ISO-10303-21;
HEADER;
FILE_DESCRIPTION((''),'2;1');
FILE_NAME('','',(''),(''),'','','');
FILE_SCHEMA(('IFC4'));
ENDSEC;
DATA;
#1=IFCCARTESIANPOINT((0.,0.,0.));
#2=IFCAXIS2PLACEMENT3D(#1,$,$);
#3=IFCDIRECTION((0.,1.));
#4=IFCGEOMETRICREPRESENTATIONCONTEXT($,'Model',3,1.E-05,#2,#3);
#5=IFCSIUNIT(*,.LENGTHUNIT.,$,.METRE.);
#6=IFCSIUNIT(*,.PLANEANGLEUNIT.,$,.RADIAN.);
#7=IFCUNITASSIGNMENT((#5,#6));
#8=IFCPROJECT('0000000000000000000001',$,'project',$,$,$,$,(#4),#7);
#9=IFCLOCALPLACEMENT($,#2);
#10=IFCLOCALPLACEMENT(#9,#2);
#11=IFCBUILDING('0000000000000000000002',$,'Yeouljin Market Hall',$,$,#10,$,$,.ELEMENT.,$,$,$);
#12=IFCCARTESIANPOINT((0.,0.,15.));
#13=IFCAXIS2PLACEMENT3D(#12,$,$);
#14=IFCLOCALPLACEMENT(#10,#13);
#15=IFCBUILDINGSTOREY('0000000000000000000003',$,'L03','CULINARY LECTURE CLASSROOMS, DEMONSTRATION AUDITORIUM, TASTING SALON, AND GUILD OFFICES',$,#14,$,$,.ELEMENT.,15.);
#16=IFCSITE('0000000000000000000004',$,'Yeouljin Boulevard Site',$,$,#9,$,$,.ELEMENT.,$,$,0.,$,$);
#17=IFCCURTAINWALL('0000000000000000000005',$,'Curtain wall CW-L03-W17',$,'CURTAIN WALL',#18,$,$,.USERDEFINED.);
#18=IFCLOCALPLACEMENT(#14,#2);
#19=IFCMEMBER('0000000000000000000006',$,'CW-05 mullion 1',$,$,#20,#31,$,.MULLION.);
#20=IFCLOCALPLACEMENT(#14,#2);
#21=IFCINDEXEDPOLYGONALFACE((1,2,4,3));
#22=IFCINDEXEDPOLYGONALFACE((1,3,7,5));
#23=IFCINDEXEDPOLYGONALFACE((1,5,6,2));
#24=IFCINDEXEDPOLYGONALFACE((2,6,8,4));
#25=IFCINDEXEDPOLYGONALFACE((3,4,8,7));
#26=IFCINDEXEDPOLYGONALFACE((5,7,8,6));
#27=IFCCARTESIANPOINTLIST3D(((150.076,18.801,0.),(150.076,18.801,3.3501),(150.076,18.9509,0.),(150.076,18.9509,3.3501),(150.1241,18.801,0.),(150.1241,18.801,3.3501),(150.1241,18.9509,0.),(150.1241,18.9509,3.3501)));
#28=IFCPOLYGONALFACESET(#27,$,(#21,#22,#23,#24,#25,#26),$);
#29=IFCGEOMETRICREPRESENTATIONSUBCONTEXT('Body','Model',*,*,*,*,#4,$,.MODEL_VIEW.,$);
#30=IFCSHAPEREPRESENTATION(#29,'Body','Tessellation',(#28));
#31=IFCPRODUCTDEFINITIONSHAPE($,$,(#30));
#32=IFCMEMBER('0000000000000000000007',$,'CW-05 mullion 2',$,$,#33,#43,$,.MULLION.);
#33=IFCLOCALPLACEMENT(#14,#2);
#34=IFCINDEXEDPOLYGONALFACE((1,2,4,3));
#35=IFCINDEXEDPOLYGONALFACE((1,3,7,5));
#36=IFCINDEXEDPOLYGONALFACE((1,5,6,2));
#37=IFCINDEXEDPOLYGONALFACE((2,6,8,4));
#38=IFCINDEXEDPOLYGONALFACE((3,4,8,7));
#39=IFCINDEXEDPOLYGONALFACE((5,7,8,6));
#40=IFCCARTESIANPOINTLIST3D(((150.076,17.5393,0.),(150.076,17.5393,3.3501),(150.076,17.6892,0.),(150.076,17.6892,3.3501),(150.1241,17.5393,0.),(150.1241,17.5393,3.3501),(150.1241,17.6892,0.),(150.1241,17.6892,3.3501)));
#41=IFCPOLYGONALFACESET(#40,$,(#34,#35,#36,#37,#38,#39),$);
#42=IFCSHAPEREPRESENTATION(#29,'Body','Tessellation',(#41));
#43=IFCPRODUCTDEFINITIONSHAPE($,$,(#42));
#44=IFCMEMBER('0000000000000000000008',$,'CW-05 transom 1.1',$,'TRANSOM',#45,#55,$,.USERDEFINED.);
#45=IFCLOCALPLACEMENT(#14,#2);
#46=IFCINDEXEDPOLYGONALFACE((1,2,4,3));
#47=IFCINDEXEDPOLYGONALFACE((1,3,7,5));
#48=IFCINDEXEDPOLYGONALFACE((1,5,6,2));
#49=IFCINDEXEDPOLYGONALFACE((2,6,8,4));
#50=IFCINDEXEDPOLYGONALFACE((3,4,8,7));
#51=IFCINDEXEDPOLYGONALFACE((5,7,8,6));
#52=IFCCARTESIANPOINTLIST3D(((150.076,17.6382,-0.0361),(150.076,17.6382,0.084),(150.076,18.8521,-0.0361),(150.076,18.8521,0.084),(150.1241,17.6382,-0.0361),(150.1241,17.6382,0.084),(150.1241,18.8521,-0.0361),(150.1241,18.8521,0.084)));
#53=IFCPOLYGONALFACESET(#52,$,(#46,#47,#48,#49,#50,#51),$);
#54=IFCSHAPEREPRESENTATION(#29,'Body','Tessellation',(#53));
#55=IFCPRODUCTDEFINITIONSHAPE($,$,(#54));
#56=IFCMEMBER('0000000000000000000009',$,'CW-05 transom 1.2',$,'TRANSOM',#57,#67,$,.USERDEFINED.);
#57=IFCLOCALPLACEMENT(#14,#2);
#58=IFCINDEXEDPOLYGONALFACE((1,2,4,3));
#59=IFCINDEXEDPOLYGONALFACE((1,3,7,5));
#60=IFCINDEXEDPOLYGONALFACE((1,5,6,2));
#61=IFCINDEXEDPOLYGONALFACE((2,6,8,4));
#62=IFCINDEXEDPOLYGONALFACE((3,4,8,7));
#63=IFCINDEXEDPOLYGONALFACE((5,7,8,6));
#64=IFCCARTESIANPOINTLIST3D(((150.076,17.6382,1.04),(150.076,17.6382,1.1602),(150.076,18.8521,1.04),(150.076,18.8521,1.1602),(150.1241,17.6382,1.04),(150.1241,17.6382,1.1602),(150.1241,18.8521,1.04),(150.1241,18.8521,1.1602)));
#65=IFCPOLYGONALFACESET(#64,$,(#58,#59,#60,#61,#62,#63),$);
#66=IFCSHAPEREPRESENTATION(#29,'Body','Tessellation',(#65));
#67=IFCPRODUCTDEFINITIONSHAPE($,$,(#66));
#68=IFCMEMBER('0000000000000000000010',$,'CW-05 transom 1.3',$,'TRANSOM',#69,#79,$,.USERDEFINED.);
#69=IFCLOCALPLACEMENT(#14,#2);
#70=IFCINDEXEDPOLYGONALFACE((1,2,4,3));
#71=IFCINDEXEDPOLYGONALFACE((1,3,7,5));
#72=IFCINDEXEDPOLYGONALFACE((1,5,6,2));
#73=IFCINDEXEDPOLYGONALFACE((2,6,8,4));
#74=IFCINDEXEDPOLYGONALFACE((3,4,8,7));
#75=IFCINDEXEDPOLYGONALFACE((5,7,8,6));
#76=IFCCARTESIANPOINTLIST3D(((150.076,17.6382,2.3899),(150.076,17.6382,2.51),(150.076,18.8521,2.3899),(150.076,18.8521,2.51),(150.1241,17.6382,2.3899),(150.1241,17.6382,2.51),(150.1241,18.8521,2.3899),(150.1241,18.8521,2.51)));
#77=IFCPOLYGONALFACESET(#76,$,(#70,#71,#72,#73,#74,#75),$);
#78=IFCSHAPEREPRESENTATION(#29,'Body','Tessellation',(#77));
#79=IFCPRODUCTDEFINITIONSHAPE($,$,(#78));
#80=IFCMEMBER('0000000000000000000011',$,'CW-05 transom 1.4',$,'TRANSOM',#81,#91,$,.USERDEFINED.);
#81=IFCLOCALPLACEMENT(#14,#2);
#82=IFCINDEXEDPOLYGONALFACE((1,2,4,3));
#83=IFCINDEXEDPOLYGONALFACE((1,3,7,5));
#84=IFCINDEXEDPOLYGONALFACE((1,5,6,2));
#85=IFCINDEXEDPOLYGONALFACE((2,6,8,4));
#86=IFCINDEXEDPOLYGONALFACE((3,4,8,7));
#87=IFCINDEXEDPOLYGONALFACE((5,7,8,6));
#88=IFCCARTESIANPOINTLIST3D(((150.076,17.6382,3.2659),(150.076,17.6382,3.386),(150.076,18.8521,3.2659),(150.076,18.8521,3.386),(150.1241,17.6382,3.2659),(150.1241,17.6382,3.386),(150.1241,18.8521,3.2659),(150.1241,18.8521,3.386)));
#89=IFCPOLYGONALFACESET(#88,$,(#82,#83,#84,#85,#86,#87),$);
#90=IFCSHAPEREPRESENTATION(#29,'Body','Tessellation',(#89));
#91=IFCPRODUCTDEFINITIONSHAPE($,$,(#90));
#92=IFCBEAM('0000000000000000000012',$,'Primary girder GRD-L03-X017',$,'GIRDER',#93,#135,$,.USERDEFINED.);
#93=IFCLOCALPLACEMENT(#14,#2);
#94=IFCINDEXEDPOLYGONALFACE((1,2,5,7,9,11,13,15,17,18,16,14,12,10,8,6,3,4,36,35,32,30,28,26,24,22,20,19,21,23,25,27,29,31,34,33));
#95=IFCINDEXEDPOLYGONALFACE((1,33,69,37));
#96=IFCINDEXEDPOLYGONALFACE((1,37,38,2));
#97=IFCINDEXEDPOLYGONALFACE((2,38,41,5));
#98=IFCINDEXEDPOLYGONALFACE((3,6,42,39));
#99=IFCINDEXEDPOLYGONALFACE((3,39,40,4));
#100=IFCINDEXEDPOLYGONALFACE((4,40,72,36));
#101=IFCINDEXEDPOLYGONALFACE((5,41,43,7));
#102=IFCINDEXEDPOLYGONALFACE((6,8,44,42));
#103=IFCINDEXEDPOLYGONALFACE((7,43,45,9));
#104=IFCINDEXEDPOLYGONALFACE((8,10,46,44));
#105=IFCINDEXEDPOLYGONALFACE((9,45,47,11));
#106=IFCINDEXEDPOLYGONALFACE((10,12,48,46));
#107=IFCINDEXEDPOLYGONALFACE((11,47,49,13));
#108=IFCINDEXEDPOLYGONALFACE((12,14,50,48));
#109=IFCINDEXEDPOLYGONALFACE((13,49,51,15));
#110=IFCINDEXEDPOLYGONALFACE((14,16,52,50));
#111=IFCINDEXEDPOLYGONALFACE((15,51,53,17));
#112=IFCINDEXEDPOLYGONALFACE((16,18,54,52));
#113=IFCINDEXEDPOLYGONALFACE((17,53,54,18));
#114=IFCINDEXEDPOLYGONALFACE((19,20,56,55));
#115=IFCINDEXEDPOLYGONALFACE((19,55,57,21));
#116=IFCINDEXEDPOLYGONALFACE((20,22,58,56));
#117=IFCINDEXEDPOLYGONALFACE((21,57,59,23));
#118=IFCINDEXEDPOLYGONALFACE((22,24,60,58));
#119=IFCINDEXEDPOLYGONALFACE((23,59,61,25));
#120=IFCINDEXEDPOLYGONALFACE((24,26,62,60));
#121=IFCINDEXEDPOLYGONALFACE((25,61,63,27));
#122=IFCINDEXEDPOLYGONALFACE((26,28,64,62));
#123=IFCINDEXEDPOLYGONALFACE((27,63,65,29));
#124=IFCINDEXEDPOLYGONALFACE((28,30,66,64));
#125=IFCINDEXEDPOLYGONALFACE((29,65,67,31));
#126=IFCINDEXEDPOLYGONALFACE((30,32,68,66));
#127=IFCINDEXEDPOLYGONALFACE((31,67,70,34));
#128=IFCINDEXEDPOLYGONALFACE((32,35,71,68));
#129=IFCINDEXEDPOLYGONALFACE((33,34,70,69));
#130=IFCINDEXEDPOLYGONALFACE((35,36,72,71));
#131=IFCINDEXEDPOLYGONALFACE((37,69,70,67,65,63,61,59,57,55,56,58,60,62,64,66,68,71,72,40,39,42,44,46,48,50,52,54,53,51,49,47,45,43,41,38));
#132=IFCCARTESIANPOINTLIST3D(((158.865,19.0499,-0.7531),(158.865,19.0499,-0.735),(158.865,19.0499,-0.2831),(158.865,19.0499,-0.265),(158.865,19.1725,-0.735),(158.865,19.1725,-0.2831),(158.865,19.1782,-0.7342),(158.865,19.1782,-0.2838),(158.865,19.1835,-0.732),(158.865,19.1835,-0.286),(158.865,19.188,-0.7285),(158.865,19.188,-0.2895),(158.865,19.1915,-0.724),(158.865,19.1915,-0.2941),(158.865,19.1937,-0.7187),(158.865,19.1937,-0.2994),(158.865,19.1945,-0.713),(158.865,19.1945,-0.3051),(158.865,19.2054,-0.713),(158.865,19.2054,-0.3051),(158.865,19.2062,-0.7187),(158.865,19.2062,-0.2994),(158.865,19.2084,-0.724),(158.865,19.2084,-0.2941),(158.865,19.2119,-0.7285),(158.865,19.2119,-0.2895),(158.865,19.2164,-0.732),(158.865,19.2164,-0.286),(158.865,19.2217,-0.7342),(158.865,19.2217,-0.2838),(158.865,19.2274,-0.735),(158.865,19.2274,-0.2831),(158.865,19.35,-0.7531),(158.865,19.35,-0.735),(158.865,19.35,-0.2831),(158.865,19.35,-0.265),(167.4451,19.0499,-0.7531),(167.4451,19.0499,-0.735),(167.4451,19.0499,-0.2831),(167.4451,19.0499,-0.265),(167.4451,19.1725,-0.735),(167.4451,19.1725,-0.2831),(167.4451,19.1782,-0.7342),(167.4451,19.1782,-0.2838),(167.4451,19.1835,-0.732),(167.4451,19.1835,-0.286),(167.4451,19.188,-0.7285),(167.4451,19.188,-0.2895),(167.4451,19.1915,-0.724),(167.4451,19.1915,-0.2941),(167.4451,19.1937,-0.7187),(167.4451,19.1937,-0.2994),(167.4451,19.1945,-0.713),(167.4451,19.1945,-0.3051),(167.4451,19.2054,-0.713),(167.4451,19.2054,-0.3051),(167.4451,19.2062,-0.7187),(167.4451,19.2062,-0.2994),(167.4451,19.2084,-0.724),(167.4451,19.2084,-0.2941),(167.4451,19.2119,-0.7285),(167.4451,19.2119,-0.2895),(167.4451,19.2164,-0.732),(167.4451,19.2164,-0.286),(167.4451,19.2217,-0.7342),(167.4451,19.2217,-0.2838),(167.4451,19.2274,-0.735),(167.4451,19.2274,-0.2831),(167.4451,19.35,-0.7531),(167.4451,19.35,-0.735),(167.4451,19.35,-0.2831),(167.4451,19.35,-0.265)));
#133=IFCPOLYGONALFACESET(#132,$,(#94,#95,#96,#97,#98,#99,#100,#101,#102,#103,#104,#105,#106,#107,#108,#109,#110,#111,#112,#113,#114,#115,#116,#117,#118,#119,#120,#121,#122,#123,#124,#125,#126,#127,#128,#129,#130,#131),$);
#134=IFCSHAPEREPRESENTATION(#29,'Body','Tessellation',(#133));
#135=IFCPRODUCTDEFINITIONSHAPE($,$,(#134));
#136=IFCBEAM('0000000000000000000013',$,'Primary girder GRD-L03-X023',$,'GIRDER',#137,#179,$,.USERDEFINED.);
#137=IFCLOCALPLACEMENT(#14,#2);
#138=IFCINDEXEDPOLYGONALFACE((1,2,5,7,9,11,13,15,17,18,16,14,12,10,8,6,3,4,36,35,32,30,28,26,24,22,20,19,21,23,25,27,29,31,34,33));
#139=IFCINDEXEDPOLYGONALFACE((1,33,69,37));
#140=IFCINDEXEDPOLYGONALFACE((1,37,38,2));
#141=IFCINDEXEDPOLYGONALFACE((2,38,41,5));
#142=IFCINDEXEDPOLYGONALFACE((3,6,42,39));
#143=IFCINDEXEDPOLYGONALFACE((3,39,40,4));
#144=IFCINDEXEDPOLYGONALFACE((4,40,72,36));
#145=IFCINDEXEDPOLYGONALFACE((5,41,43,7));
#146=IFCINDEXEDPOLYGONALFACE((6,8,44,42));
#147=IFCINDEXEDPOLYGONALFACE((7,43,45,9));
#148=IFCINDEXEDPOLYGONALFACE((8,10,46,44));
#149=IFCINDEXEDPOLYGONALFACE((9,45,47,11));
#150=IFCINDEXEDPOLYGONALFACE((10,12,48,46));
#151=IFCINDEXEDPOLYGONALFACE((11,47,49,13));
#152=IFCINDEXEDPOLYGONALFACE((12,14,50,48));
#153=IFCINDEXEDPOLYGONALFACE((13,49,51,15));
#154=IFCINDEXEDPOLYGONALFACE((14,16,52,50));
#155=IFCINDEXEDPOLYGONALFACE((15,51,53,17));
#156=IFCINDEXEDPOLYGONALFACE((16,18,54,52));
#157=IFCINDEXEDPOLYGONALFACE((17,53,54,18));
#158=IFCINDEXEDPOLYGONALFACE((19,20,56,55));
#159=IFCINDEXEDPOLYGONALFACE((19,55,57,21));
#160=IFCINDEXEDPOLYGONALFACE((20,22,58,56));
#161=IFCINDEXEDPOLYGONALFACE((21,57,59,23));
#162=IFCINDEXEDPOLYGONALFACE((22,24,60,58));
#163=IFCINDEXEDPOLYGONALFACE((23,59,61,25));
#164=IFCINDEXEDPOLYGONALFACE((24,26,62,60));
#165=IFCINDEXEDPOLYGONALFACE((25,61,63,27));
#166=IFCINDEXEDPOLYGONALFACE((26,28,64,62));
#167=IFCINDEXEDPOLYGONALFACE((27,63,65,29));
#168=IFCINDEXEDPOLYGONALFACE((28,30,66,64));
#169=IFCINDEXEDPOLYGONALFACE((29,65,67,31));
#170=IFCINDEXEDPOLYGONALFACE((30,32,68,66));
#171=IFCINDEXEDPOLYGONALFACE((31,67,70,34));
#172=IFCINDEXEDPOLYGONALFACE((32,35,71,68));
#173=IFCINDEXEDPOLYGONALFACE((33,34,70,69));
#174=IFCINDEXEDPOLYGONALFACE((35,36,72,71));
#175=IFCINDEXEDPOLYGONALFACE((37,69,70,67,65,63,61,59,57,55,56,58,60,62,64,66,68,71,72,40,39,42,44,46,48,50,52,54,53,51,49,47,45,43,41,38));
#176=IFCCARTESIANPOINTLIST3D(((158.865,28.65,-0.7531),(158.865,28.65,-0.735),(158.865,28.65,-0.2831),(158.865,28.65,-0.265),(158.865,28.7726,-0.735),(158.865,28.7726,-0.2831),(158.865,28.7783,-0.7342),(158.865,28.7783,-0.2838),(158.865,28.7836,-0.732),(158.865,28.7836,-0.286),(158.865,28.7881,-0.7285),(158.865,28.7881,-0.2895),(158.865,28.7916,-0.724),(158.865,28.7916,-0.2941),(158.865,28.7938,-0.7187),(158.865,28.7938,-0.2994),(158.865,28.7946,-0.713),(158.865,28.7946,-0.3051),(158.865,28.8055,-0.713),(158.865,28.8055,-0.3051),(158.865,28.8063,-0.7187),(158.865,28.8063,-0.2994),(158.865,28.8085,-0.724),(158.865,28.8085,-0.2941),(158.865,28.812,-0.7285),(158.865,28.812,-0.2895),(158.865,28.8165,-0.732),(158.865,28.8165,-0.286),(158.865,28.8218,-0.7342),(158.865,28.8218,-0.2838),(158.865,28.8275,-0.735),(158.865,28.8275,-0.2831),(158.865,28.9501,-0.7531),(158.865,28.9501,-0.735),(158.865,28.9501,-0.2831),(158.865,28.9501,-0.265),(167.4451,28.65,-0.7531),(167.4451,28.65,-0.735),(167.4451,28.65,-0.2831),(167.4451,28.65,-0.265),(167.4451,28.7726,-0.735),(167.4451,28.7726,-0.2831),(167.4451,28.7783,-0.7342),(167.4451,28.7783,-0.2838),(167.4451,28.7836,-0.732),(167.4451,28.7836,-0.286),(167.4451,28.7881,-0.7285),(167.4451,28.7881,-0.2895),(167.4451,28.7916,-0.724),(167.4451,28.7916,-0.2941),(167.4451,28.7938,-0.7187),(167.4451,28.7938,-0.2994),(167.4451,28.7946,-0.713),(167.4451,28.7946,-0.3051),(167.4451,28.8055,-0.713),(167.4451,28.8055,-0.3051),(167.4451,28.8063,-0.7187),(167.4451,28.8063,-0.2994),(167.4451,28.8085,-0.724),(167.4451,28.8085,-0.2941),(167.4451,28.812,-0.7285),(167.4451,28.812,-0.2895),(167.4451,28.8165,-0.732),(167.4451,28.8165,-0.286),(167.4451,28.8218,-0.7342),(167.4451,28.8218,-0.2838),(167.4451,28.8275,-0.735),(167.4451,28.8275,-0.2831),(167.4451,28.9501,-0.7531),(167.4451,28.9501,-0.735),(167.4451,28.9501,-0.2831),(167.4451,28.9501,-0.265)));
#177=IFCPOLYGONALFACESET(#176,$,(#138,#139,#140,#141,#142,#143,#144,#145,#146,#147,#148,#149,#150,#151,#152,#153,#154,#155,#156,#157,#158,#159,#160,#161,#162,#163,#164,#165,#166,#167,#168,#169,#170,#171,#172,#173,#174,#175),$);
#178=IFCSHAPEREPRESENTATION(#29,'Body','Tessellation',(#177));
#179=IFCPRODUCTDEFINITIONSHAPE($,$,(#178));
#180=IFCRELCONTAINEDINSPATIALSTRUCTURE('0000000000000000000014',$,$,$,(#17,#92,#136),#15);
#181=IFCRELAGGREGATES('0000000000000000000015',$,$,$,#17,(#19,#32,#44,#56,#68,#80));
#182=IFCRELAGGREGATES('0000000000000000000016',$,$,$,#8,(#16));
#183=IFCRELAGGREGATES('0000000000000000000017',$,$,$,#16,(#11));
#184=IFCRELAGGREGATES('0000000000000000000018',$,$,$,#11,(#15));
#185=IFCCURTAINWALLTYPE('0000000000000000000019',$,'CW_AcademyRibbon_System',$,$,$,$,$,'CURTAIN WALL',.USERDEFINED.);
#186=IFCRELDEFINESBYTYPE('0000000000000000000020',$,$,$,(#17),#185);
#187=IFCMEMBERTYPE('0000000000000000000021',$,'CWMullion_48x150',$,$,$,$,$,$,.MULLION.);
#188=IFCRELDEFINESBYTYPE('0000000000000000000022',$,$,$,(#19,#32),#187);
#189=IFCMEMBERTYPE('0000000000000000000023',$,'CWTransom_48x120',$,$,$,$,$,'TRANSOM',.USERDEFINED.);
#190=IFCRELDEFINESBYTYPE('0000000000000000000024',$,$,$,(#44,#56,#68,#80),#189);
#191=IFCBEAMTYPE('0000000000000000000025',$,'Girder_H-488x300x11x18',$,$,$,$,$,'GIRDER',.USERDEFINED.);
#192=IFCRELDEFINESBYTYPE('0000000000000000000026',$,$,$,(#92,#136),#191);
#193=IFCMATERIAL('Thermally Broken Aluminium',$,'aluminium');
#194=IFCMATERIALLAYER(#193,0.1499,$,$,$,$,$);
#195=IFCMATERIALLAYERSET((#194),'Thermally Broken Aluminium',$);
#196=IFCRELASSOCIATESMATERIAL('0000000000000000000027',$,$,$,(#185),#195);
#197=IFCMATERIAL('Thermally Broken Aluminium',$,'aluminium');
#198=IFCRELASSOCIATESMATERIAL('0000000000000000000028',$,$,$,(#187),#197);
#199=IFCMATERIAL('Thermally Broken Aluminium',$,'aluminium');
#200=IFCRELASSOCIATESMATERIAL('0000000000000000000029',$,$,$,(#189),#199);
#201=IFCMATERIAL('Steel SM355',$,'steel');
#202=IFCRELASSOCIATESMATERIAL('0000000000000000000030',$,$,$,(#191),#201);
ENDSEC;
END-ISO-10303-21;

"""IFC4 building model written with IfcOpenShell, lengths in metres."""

from ifc_helpers import new_model, si_unit, direction, frame, origin, origin_2d, place, context, subcontext, project, spatial, rectangle, i_section, extrude, material, layer, layer_set, material_profile, profile_set, type_object, element, aggregate, save


model = new_model("IFC4")

# Units and contexts
model_context = context("Model", 3, precision=1e-05, world=origin(), true_north=direction((0.0, 1.0)))
body_context = subcontext(model_context, "Body", "Model", "MODEL_VIEW")
ifc_project = project(units=[si_unit("LENGTHUNIT", "METRE"), si_unit("PLANEANGLEUNIT", "RADIAN")], contexts=[model_context])

# Site, building, storey
site_placement = place(None, origin())
site = spatial("IfcSite", under=ifc_project, at=site_placement, Name="Yeouljin Boulevard Site", CompositionType="ELEMENT", RefElevation=0.0)
building_placement = place(site_placement, origin())
building = spatial("IfcBuilding", under=site, at=building_placement, Name="Yeouljin Market Hall", CompositionType="ELEMENT")
storey_placement = place(building_placement, frame((0.0, 0.0, 15.0)))
storey = spatial("IfcBuildingStorey", under=building, at=storey_placement, Name="L03", Description="CULINARY LECTURE CLASSROOMS, DEMONSTRATION AUDITORIUM, TASTING SALON, AND GUILD OFFICES", CompositionType="ELEMENT", Elevation=15.0)

# Curtain wall, members
ifc_material_1 = material(Name="Thermally Broken Aluminium", Category="aluminium")
ifc_layer_1 = layer(ifc_material_1, 0.1499)
ifc_layer_set_1 = layer_set([ifc_layer_1], Name="Thermally Broken Aluminium")
curtain_wall_type = type_object("IfcCurtainWallType", Name="CW_AcademyRibbon_System", ElementType="CURTAIN WALL", PredefinedType="USERDEFINED", material=ifc_layer_set_1)
curtain_wall_placement = place(storey_placement, origin())
curtain_wall = element("IfcCurtainWall", 1, at=curtain_wall_placement, inside=storey, type_object=curtain_wall_type, Name="Curtain wall CW-L03-W17", ObjectType="CURTAIN WALL", PredefinedType="USERDEFINED")
ifc_material_2 = material(Name="Thermally Broken Aluminium", Category="aluminium")
ifc_material_profile_1 = material_profile(ifc_material_2, rectangle(XDim=0.0481, YDim=0.1499, at=origin_2d()), Name="CW-MULL-48x150")
ifc_profile_set_1 = profile_set([ifc_material_profile_1], Name="Thermally Broken Aluminium")
member_type_1 = type_object("IfcMemberType", Name="CWMullion_48x150", PredefinedType="MULLION", material=ifc_profile_set_1)
member_1_placement = place(storey_placement, frame((150.1001, 18.876, 0.0), z_axis=(0.0, 0.0, 1.0), x_axis=(1.0, 0.0, 0.0)))
member_1 = element("IfcMember", 2, at=member_1_placement, type_object=member_type_1, Name="CW-05 mullion 1", PredefinedType="MULLION", context=body_context, shape_type="SweptSolid", body=[
    extrude(rectangle(XDim=0.0481, YDim=0.1499, at=origin_2d()), origin(), (0.0, 0.0, 1.0), 3.3501),
])
member_2_placement = place(storey_placement, frame((150.1001, 17.6143, 0.0), z_axis=(0.0, 0.0, 1.0), x_axis=(1.0, 0.0, 0.0)))
member_2 = element("IfcMember", 3, at=member_2_placement, type_object=member_type_1, Name="CW-05 mullion 2", PredefinedType="MULLION", context=body_context, shape_type="SweptSolid", body=[
    extrude(rectangle(XDim=0.0481, YDim=0.1499, at=origin_2d()), origin(), (0.0, 0.0, 1.0), 3.3501),
])
ifc_material_3 = material(Name="Thermally Broken Aluminium", Category="aluminium")
ifc_material_profile_2 = material_profile(ifc_material_3, rectangle(XDim=0.0481, YDim=0.1201, at=origin_2d()), Name="CW-TRAN-48x120")
ifc_profile_set_2 = profile_set([ifc_material_profile_2], Name="Thermally Broken Aluminium")
member_type_2 = type_object("IfcMemberType", Name="CWTransom_48x120", ElementType="TRANSOM", PredefinedType="USERDEFINED", material=ifc_profile_set_2)
member_3_placement = place(storey_placement, frame((150.1001, 18.8521, 0.0239), z_axis=(0.0, -1.0, 0.0), x_axis=(1.0, 0.0, 0.0)))
member_3 = element("IfcMember", 4, at=member_3_placement, type_object=member_type_2, Name="CW-05 transom 1.1", ObjectType="TRANSOM", PredefinedType="USERDEFINED", context=body_context, shape_type="SweptSolid", body=[
    extrude(rectangle(XDim=0.0481, YDim=0.1201, at=origin_2d()), origin(), (0.0, 0.0, 1.0), 1.2139),
])
member_4_placement = place(storey_placement, frame((150.1001, 18.8521, 1.1001), z_axis=(0.0, -1.0, 0.0), x_axis=(1.0, 0.0, 0.0)))
member_4 = element("IfcMember", 5, at=member_4_placement, type_object=member_type_2, Name="CW-05 transom 1.2", ObjectType="TRANSOM", PredefinedType="USERDEFINED", context=body_context, shape_type="SweptSolid", body=[
    extrude(rectangle(XDim=0.0481, YDim=0.1201, at=origin_2d()), origin(), (0.0, 0.0, 1.0), 1.2139),
])
member_5_placement = place(storey_placement, frame((150.1001, 18.8521, 2.45), z_axis=(0.0, -1.0, 0.0), x_axis=(1.0, 0.0, 0.0)))
member_5 = element("IfcMember", 6, at=member_5_placement, type_object=member_type_2, Name="CW-05 transom 1.3", ObjectType="TRANSOM", PredefinedType="USERDEFINED", context=body_context, shape_type="SweptSolid", body=[
    extrude(rectangle(XDim=0.0481, YDim=0.1201, at=origin_2d()), origin(), (0.0, 0.0, 1.0), 1.2139),
])
member_6_placement = place(storey_placement, frame((150.1001, 18.8521, 3.3259), z_axis=(0.0, -1.0, 0.0), x_axis=(1.0, 0.0, 0.0)))
member_6 = element("IfcMember", 7, at=member_6_placement, type_object=member_type_2, Name="CW-05 transom 1.4", ObjectType="TRANSOM", PredefinedType="USERDEFINED", context=body_context, shape_type="SweptSolid", body=[
    extrude(rectangle(XDim=0.0481, YDim=0.1201, at=origin_2d()), origin(), (0.0, 0.0, 1.0), 1.2139),
])

# Beams
ifc_material_4 = material(Name="Steel SM355", Category="steel")
ifc_material_profile_3 = material_profile(ifc_material_4, i_section(OverallWidth=0.3, OverallDepth=0.488, WebThickness=0.011, FlangeThickness=0.0181, FilletRadius=0.022, at=origin_2d()), Name="H-488x300x11x18")
ifc_profile_set_3 = profile_set([ifc_material_profile_3], Name="Steel SM355")
beam_type_1 = type_object("IfcBeamType", Name="Girder_H-488x300x11x18", ElementType="GIRDER", PredefinedType="USERDEFINED", material=ifc_profile_set_3)
for number, where, z_axis, x_axis, name in (
    (8, (158.865, 19.2, -0.509), (1.0, 0.0, 0.0), (0.0, 1.0, 0.0), "Primary girder GRD-L03-X017"),
    (9, (158.865, 28.8, -0.509), (1.0, 0.0, 0.0), (0.0, 1.0, 0.0), "Primary girder GRD-L03-X023"),
):
    element("IfcBeam", number, at=place(storey_placement, frame(where, z_axis=z_axis, x_axis=x_axis)), inside=storey, type_object=beam_type_1, Name=name, ObjectType="GIRDER", PredefinedType="USERDEFINED", context=body_context, shape_type="SweptSolid", body=[
        extrude(i_section(OverallWidth=0.3, OverallDepth=0.488, WebThickness=0.011, FlangeThickness=0.0181, FilletRadius=0.022, at=origin_2d()), origin(), (0.0, 0.0, 1.0), 8.5801),
    ])

aggregate(curtain_wall, [member_1, member_2, member_3, member_4, member_5, member_6])

save(model, "model.ifc")
